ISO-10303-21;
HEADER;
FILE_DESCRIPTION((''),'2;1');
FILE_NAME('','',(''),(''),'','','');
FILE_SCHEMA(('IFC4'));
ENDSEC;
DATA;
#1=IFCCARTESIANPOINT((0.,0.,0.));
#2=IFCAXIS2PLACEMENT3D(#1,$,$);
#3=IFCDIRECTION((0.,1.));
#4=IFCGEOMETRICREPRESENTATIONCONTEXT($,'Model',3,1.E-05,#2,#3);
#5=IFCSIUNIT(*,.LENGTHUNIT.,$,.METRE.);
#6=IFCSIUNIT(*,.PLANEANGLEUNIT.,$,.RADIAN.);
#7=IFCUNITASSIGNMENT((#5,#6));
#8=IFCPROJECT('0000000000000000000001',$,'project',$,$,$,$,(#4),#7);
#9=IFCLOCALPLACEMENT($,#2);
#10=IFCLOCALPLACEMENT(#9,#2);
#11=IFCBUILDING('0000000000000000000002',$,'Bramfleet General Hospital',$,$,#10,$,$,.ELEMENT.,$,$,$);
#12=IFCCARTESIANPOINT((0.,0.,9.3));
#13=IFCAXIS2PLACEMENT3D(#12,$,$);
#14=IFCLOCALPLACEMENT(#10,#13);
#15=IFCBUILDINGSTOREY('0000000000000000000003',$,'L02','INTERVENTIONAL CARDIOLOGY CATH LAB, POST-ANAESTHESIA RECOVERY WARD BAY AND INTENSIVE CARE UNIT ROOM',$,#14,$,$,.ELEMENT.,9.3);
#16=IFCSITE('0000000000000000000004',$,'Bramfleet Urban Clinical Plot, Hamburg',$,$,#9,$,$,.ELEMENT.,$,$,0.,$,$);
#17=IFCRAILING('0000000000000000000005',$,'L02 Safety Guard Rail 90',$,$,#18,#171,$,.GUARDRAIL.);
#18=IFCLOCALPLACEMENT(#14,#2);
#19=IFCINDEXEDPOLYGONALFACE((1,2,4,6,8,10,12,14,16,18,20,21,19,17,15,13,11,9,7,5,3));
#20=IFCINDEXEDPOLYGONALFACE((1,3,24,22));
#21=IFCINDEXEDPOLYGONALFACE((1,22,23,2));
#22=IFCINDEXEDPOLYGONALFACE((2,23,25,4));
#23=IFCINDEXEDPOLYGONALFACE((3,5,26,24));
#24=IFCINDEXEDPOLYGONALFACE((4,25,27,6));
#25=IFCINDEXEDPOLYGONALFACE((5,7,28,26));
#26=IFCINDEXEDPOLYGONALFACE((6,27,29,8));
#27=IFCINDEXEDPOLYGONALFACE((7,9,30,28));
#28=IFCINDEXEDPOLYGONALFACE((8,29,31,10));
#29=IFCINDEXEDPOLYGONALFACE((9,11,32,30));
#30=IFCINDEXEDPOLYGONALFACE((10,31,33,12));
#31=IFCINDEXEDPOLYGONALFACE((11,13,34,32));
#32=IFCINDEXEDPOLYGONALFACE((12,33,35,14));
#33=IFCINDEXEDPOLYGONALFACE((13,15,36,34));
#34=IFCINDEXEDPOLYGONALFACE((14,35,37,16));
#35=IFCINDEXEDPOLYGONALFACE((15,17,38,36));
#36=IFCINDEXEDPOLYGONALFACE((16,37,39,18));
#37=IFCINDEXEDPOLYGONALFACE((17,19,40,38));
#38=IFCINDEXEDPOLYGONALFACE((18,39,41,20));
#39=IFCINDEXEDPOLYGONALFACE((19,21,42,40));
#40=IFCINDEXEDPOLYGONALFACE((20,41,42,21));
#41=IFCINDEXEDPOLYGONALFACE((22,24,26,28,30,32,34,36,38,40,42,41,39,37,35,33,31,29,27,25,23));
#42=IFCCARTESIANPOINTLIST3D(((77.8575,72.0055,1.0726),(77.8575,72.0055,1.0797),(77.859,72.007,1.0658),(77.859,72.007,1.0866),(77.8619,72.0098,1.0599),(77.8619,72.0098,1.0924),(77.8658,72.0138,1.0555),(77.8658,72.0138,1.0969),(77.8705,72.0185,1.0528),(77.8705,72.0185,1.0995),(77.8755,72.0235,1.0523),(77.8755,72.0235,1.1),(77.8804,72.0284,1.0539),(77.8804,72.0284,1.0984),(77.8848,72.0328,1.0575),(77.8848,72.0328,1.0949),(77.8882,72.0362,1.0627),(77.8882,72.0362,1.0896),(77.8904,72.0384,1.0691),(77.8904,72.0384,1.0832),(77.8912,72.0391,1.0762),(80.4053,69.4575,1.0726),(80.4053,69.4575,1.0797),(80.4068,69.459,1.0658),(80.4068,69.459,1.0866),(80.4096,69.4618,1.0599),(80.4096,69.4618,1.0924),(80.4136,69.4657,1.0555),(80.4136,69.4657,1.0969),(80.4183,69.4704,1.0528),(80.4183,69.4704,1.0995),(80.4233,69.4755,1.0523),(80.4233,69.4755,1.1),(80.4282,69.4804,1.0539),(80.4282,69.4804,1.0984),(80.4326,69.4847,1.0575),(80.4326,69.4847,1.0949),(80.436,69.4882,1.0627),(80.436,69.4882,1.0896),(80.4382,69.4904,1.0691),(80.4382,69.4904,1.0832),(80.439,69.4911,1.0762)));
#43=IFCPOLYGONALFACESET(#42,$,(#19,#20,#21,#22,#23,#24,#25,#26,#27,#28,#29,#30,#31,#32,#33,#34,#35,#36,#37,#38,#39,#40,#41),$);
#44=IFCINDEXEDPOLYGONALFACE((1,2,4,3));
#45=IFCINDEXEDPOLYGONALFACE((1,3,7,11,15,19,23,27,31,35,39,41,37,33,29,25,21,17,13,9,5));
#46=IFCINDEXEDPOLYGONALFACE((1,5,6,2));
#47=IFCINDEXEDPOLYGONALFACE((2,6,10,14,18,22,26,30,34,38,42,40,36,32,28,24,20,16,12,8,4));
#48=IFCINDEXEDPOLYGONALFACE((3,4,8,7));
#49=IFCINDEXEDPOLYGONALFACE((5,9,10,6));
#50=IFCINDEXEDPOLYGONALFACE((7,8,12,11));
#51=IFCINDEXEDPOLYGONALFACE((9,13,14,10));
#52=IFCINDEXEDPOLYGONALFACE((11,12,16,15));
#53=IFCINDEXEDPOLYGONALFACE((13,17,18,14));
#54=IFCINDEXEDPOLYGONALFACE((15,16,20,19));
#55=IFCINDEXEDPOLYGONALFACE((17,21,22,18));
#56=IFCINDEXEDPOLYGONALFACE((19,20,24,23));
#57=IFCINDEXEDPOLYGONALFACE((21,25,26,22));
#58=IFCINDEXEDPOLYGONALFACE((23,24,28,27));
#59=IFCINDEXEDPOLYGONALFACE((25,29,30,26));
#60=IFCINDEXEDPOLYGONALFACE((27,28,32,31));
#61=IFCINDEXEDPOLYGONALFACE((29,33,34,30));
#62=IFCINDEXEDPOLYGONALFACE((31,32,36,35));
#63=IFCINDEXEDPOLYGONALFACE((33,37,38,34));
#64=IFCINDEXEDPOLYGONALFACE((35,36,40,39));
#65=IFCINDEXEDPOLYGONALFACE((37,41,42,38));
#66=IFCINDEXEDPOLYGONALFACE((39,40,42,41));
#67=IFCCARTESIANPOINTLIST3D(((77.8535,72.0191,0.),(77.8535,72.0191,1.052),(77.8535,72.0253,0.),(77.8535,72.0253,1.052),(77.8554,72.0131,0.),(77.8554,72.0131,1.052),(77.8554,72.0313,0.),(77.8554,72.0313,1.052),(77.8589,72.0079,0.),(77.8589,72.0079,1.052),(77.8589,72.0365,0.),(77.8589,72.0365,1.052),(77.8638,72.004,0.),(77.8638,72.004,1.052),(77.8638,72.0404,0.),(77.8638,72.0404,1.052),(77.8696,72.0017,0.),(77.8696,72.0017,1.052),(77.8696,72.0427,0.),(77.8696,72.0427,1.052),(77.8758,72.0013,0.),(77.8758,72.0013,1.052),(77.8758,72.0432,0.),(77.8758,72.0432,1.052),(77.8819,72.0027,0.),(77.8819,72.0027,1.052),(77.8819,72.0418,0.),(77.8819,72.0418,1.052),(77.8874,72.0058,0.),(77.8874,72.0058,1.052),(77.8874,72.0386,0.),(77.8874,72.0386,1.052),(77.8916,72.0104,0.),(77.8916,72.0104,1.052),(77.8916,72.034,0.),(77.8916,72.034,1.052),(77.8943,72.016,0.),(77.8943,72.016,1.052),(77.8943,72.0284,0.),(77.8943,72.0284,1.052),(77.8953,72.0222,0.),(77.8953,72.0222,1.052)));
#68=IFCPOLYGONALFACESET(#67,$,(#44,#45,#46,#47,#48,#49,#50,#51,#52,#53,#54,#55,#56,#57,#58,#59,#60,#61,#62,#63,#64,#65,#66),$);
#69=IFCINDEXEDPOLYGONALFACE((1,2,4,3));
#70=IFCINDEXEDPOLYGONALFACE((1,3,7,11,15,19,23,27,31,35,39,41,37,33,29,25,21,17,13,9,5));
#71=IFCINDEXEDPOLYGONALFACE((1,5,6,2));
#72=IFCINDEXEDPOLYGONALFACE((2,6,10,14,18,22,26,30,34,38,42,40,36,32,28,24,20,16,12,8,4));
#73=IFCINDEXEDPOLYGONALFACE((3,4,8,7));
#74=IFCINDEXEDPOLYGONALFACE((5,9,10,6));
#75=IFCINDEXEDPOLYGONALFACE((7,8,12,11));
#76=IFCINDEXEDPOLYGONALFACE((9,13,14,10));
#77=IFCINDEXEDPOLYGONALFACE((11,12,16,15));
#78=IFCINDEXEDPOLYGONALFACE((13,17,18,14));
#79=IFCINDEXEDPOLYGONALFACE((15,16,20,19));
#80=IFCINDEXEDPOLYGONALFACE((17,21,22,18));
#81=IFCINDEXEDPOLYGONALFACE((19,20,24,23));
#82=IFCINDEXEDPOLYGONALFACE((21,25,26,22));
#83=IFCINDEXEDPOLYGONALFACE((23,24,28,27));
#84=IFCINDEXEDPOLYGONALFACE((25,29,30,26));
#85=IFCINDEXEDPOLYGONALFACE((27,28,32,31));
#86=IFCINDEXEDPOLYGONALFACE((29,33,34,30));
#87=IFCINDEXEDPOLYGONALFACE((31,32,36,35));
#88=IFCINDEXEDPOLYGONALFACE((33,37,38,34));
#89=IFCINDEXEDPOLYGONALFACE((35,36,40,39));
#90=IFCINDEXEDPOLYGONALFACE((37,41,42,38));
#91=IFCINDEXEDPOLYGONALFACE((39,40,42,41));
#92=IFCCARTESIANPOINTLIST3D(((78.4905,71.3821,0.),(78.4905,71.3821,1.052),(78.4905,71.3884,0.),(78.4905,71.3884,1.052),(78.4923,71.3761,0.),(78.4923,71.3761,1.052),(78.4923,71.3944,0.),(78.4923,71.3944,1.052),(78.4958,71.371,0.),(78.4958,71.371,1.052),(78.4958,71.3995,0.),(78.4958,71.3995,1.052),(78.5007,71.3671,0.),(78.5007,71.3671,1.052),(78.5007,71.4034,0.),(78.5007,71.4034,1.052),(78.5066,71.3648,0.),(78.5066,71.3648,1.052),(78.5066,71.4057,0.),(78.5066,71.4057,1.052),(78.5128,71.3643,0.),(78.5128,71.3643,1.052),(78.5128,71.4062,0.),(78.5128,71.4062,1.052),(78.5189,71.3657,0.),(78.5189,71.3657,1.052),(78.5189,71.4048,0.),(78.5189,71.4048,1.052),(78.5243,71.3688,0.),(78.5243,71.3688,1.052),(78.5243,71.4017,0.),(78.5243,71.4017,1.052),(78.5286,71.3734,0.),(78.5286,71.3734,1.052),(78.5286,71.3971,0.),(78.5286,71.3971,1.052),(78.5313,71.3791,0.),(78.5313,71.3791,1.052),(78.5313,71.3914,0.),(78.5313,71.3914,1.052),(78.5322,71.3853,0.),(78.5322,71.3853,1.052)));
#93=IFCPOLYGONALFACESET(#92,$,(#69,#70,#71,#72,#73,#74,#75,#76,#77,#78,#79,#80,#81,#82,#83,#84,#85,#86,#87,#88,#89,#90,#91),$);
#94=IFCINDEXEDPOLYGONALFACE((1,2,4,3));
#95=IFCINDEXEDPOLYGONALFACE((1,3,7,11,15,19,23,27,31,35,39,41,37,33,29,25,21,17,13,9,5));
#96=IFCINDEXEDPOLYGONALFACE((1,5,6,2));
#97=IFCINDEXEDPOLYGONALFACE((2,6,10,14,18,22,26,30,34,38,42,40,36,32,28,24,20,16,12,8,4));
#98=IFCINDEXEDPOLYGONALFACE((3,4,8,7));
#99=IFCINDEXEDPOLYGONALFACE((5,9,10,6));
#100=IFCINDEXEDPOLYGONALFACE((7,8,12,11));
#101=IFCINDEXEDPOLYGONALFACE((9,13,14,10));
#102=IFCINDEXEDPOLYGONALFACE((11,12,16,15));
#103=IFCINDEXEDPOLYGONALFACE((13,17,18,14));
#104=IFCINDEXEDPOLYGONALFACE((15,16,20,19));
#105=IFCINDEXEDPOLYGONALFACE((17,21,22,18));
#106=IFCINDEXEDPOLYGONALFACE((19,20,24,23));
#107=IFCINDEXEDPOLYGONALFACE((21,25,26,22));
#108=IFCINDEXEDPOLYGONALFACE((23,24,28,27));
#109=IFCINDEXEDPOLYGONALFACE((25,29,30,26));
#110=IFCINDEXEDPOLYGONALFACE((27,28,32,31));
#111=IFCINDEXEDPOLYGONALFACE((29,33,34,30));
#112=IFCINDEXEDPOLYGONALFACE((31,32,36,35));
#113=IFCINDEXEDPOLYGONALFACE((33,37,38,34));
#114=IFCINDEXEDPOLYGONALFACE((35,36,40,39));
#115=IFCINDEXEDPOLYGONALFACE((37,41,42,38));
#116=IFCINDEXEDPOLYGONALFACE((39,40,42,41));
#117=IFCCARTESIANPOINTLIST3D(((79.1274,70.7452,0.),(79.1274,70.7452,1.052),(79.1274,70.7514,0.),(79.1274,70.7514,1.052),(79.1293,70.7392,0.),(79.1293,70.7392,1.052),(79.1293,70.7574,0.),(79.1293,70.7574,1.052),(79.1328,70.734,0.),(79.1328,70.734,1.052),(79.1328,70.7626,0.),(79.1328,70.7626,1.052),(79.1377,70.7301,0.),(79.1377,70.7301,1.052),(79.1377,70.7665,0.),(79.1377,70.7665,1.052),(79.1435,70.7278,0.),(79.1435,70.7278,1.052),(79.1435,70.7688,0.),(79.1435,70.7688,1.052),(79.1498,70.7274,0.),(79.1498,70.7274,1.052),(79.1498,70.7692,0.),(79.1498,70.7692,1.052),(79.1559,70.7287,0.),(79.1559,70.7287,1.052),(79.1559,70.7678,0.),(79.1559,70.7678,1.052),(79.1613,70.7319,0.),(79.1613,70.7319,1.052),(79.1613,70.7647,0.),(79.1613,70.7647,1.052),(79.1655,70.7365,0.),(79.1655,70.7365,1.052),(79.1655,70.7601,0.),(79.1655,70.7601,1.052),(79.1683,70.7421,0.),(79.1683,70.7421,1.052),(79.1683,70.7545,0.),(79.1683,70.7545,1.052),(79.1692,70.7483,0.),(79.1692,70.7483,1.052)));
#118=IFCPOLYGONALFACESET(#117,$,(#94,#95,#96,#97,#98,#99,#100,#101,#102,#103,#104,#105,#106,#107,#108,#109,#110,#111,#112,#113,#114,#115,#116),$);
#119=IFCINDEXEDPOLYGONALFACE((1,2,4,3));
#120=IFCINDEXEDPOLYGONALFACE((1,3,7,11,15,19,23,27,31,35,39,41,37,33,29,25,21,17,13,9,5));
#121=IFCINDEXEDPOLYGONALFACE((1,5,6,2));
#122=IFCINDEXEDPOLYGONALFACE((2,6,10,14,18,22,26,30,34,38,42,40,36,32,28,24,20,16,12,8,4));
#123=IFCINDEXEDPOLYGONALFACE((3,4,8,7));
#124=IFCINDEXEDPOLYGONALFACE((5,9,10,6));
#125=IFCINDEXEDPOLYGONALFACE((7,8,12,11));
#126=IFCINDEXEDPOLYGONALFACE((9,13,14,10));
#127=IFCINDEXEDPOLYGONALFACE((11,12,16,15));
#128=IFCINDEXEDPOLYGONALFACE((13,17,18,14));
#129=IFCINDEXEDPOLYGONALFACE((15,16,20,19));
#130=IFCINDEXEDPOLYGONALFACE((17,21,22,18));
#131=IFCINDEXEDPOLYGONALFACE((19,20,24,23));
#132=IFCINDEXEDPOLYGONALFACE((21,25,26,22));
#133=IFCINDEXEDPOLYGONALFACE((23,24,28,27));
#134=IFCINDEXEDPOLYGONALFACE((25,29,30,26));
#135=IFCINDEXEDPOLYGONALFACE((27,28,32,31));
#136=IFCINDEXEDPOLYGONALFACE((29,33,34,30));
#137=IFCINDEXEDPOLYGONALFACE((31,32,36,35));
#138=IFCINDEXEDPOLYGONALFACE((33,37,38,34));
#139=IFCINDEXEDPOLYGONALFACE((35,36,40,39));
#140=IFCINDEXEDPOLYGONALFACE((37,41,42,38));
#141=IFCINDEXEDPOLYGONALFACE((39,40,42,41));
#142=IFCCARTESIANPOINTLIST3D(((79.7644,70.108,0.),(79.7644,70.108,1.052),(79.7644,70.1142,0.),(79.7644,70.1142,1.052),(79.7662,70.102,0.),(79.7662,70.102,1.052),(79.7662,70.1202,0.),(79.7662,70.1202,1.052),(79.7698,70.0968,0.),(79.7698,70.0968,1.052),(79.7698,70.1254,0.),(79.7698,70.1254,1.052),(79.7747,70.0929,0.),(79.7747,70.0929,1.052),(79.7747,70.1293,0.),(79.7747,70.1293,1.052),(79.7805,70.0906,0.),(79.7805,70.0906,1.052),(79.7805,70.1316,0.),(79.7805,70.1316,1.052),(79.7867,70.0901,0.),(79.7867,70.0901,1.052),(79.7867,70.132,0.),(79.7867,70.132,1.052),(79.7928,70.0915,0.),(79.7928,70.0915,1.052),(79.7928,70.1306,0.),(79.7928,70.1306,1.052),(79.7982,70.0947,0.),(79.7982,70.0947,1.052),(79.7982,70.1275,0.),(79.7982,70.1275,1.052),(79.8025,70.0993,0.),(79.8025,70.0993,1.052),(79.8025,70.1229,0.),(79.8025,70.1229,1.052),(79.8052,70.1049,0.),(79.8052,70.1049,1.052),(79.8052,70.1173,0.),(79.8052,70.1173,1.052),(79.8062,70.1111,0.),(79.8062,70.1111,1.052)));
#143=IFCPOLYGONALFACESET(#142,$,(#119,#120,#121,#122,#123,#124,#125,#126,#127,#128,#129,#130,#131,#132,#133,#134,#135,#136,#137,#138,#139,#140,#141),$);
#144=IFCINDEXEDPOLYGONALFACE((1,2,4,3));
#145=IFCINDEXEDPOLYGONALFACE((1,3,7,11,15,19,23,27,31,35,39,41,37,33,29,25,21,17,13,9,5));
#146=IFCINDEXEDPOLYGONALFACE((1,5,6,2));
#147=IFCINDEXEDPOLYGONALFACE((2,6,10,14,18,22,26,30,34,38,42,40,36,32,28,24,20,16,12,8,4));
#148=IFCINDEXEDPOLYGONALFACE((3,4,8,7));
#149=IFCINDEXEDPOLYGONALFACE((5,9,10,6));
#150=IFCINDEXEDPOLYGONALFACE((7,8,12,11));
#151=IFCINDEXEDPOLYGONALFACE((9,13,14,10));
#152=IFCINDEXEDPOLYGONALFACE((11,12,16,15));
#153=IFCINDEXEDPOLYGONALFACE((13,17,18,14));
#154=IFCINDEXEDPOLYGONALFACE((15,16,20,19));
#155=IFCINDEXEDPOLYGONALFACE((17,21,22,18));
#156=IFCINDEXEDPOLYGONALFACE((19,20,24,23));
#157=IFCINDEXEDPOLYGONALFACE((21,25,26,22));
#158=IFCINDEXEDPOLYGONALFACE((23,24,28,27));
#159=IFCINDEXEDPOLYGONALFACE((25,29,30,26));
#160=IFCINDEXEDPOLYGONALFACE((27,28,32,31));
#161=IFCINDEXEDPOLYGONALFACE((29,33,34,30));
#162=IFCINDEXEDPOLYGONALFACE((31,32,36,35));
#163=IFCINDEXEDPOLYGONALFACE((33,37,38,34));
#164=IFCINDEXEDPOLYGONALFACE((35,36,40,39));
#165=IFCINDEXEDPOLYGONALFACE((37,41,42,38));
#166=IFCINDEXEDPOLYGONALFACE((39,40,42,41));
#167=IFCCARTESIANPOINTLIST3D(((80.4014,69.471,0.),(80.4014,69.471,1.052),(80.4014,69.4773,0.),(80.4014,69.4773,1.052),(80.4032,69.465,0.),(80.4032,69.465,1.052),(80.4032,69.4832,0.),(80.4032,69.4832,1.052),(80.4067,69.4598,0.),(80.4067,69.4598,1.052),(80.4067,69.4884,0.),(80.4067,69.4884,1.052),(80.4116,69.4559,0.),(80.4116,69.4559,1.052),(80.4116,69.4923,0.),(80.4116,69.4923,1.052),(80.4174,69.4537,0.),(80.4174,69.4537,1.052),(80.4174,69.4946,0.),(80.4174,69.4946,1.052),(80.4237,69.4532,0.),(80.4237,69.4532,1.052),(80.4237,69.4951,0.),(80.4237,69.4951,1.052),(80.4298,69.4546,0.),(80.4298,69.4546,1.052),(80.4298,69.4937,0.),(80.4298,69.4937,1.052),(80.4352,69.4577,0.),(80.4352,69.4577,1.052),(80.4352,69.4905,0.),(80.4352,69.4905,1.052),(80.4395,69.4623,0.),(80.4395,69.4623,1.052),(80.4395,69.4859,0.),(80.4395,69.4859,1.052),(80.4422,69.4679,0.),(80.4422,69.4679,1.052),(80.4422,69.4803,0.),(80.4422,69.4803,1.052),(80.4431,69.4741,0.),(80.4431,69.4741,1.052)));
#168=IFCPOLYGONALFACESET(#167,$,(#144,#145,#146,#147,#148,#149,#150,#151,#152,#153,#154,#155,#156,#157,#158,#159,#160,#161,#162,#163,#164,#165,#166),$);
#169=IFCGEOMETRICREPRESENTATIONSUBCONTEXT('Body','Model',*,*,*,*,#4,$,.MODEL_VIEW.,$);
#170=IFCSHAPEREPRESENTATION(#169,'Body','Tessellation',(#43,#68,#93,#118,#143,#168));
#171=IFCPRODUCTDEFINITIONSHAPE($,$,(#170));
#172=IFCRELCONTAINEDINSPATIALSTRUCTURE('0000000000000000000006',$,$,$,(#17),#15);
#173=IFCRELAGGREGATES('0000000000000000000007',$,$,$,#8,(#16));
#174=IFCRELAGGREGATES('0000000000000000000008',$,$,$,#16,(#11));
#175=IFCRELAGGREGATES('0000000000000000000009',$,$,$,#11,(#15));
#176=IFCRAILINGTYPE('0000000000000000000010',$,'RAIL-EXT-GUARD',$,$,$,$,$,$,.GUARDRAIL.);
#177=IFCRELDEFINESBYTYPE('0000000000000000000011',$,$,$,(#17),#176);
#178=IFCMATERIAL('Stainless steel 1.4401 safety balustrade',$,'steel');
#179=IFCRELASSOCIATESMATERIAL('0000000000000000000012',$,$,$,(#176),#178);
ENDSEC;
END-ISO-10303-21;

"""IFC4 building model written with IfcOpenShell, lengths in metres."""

from ifc_helpers import new_model, si_unit, direction, frame, origin, origin_2d, place, context, subcontext, project, spatial, circle, extrude, material, type_object, element, save


model = new_model("IFC4")

# Units and contexts
model_context = context("Model", 3, precision=1e-05, world=origin(), true_north=direction((0.0, 1.0)))
body_context = subcontext(model_context, "Body", "Model", "MODEL_VIEW")
ifc_project = project(units=[si_unit("LENGTHUNIT", "METRE"), si_unit("PLANEANGLEUNIT", "RADIAN")], contexts=[model_context])

# Site, building, storey
site_placement = place(None, origin())
site = spatial("IfcSite", under=ifc_project, at=site_placement, Name="Bramfleet Urban Clinical Plot, Hamburg", CompositionType="ELEMENT", RefElevation=0.0)
building_placement = place(site_placement, origin())
building = spatial("IfcBuilding", under=site, at=building_placement, Name="Bramfleet General Hospital", CompositionType="ELEMENT")
storey_placement = place(building_placement, frame((0.0, 0.0, 9.3)))
storey = spatial("IfcBuildingStorey", under=building, at=storey_placement, Name="L02", Description="INTERVENTIONAL CARDIOLOGY CATH LAB, POST-ANAESTHESIA RECOVERY WARD BAY AND INTENSIVE CARE UNIT ROOM", CompositionType="ELEMENT", Elevation=9.3)

# Railing
ifc_material_1 = material(Name="Stainless steel 1.4401 safety balustrade", Category="steel")
railing_type = type_object("IfcRailingType", Name="RAIL-EXT-GUARD", PredefinedType="GUARDRAIL", material=ifc_material_1)
railing_placement = place(storey_placement, frame((77.8743, 72.0222, 0.0)))
element("IfcRailing", 1, at=railing_placement, inside=storey, type_object=railing_type, Name="L02 Safety Guard Rail 90", PredefinedType="GUARDRAIL", context=body_context, shape_type="SweptSolid", body=[
    extrude(circle(Radius=0.0239, at=origin_2d()), frame((0.0, 0.0, 1.0762), z_axis=(0.707073, -0.707141, 0.0), x_axis=(0.707141, 0.707073, 0.0)), (0.0, 0.0, 1.0), 3.6033),
    extrude(circle(Radius=0.021, at=origin_2d()), origin(), (0.0, 0.0, 1.0), 1.052),
    extrude(circle(Radius=0.021, at=origin_2d()), frame((0.637, -0.637, 0.0)), (0.0, 0.0, 1.0), 1.052),
    extrude(circle(Radius=0.021, at=origin_2d()), frame((1.2739, -1.2739, 0.0)), (0.0, 0.0, 1.0), 1.052),
    extrude(circle(Radius=0.021, at=origin_2d()), frame((1.9109, -1.9111, 0.0)), (0.0, 0.0, 1.0), 1.052),
    extrude(circle(Radius=0.021, at=origin_2d()), frame((2.5479, -2.5481, 0.0)), (0.0, 0.0, 1.0), 1.052),
])

save(model, "model.ifc")
